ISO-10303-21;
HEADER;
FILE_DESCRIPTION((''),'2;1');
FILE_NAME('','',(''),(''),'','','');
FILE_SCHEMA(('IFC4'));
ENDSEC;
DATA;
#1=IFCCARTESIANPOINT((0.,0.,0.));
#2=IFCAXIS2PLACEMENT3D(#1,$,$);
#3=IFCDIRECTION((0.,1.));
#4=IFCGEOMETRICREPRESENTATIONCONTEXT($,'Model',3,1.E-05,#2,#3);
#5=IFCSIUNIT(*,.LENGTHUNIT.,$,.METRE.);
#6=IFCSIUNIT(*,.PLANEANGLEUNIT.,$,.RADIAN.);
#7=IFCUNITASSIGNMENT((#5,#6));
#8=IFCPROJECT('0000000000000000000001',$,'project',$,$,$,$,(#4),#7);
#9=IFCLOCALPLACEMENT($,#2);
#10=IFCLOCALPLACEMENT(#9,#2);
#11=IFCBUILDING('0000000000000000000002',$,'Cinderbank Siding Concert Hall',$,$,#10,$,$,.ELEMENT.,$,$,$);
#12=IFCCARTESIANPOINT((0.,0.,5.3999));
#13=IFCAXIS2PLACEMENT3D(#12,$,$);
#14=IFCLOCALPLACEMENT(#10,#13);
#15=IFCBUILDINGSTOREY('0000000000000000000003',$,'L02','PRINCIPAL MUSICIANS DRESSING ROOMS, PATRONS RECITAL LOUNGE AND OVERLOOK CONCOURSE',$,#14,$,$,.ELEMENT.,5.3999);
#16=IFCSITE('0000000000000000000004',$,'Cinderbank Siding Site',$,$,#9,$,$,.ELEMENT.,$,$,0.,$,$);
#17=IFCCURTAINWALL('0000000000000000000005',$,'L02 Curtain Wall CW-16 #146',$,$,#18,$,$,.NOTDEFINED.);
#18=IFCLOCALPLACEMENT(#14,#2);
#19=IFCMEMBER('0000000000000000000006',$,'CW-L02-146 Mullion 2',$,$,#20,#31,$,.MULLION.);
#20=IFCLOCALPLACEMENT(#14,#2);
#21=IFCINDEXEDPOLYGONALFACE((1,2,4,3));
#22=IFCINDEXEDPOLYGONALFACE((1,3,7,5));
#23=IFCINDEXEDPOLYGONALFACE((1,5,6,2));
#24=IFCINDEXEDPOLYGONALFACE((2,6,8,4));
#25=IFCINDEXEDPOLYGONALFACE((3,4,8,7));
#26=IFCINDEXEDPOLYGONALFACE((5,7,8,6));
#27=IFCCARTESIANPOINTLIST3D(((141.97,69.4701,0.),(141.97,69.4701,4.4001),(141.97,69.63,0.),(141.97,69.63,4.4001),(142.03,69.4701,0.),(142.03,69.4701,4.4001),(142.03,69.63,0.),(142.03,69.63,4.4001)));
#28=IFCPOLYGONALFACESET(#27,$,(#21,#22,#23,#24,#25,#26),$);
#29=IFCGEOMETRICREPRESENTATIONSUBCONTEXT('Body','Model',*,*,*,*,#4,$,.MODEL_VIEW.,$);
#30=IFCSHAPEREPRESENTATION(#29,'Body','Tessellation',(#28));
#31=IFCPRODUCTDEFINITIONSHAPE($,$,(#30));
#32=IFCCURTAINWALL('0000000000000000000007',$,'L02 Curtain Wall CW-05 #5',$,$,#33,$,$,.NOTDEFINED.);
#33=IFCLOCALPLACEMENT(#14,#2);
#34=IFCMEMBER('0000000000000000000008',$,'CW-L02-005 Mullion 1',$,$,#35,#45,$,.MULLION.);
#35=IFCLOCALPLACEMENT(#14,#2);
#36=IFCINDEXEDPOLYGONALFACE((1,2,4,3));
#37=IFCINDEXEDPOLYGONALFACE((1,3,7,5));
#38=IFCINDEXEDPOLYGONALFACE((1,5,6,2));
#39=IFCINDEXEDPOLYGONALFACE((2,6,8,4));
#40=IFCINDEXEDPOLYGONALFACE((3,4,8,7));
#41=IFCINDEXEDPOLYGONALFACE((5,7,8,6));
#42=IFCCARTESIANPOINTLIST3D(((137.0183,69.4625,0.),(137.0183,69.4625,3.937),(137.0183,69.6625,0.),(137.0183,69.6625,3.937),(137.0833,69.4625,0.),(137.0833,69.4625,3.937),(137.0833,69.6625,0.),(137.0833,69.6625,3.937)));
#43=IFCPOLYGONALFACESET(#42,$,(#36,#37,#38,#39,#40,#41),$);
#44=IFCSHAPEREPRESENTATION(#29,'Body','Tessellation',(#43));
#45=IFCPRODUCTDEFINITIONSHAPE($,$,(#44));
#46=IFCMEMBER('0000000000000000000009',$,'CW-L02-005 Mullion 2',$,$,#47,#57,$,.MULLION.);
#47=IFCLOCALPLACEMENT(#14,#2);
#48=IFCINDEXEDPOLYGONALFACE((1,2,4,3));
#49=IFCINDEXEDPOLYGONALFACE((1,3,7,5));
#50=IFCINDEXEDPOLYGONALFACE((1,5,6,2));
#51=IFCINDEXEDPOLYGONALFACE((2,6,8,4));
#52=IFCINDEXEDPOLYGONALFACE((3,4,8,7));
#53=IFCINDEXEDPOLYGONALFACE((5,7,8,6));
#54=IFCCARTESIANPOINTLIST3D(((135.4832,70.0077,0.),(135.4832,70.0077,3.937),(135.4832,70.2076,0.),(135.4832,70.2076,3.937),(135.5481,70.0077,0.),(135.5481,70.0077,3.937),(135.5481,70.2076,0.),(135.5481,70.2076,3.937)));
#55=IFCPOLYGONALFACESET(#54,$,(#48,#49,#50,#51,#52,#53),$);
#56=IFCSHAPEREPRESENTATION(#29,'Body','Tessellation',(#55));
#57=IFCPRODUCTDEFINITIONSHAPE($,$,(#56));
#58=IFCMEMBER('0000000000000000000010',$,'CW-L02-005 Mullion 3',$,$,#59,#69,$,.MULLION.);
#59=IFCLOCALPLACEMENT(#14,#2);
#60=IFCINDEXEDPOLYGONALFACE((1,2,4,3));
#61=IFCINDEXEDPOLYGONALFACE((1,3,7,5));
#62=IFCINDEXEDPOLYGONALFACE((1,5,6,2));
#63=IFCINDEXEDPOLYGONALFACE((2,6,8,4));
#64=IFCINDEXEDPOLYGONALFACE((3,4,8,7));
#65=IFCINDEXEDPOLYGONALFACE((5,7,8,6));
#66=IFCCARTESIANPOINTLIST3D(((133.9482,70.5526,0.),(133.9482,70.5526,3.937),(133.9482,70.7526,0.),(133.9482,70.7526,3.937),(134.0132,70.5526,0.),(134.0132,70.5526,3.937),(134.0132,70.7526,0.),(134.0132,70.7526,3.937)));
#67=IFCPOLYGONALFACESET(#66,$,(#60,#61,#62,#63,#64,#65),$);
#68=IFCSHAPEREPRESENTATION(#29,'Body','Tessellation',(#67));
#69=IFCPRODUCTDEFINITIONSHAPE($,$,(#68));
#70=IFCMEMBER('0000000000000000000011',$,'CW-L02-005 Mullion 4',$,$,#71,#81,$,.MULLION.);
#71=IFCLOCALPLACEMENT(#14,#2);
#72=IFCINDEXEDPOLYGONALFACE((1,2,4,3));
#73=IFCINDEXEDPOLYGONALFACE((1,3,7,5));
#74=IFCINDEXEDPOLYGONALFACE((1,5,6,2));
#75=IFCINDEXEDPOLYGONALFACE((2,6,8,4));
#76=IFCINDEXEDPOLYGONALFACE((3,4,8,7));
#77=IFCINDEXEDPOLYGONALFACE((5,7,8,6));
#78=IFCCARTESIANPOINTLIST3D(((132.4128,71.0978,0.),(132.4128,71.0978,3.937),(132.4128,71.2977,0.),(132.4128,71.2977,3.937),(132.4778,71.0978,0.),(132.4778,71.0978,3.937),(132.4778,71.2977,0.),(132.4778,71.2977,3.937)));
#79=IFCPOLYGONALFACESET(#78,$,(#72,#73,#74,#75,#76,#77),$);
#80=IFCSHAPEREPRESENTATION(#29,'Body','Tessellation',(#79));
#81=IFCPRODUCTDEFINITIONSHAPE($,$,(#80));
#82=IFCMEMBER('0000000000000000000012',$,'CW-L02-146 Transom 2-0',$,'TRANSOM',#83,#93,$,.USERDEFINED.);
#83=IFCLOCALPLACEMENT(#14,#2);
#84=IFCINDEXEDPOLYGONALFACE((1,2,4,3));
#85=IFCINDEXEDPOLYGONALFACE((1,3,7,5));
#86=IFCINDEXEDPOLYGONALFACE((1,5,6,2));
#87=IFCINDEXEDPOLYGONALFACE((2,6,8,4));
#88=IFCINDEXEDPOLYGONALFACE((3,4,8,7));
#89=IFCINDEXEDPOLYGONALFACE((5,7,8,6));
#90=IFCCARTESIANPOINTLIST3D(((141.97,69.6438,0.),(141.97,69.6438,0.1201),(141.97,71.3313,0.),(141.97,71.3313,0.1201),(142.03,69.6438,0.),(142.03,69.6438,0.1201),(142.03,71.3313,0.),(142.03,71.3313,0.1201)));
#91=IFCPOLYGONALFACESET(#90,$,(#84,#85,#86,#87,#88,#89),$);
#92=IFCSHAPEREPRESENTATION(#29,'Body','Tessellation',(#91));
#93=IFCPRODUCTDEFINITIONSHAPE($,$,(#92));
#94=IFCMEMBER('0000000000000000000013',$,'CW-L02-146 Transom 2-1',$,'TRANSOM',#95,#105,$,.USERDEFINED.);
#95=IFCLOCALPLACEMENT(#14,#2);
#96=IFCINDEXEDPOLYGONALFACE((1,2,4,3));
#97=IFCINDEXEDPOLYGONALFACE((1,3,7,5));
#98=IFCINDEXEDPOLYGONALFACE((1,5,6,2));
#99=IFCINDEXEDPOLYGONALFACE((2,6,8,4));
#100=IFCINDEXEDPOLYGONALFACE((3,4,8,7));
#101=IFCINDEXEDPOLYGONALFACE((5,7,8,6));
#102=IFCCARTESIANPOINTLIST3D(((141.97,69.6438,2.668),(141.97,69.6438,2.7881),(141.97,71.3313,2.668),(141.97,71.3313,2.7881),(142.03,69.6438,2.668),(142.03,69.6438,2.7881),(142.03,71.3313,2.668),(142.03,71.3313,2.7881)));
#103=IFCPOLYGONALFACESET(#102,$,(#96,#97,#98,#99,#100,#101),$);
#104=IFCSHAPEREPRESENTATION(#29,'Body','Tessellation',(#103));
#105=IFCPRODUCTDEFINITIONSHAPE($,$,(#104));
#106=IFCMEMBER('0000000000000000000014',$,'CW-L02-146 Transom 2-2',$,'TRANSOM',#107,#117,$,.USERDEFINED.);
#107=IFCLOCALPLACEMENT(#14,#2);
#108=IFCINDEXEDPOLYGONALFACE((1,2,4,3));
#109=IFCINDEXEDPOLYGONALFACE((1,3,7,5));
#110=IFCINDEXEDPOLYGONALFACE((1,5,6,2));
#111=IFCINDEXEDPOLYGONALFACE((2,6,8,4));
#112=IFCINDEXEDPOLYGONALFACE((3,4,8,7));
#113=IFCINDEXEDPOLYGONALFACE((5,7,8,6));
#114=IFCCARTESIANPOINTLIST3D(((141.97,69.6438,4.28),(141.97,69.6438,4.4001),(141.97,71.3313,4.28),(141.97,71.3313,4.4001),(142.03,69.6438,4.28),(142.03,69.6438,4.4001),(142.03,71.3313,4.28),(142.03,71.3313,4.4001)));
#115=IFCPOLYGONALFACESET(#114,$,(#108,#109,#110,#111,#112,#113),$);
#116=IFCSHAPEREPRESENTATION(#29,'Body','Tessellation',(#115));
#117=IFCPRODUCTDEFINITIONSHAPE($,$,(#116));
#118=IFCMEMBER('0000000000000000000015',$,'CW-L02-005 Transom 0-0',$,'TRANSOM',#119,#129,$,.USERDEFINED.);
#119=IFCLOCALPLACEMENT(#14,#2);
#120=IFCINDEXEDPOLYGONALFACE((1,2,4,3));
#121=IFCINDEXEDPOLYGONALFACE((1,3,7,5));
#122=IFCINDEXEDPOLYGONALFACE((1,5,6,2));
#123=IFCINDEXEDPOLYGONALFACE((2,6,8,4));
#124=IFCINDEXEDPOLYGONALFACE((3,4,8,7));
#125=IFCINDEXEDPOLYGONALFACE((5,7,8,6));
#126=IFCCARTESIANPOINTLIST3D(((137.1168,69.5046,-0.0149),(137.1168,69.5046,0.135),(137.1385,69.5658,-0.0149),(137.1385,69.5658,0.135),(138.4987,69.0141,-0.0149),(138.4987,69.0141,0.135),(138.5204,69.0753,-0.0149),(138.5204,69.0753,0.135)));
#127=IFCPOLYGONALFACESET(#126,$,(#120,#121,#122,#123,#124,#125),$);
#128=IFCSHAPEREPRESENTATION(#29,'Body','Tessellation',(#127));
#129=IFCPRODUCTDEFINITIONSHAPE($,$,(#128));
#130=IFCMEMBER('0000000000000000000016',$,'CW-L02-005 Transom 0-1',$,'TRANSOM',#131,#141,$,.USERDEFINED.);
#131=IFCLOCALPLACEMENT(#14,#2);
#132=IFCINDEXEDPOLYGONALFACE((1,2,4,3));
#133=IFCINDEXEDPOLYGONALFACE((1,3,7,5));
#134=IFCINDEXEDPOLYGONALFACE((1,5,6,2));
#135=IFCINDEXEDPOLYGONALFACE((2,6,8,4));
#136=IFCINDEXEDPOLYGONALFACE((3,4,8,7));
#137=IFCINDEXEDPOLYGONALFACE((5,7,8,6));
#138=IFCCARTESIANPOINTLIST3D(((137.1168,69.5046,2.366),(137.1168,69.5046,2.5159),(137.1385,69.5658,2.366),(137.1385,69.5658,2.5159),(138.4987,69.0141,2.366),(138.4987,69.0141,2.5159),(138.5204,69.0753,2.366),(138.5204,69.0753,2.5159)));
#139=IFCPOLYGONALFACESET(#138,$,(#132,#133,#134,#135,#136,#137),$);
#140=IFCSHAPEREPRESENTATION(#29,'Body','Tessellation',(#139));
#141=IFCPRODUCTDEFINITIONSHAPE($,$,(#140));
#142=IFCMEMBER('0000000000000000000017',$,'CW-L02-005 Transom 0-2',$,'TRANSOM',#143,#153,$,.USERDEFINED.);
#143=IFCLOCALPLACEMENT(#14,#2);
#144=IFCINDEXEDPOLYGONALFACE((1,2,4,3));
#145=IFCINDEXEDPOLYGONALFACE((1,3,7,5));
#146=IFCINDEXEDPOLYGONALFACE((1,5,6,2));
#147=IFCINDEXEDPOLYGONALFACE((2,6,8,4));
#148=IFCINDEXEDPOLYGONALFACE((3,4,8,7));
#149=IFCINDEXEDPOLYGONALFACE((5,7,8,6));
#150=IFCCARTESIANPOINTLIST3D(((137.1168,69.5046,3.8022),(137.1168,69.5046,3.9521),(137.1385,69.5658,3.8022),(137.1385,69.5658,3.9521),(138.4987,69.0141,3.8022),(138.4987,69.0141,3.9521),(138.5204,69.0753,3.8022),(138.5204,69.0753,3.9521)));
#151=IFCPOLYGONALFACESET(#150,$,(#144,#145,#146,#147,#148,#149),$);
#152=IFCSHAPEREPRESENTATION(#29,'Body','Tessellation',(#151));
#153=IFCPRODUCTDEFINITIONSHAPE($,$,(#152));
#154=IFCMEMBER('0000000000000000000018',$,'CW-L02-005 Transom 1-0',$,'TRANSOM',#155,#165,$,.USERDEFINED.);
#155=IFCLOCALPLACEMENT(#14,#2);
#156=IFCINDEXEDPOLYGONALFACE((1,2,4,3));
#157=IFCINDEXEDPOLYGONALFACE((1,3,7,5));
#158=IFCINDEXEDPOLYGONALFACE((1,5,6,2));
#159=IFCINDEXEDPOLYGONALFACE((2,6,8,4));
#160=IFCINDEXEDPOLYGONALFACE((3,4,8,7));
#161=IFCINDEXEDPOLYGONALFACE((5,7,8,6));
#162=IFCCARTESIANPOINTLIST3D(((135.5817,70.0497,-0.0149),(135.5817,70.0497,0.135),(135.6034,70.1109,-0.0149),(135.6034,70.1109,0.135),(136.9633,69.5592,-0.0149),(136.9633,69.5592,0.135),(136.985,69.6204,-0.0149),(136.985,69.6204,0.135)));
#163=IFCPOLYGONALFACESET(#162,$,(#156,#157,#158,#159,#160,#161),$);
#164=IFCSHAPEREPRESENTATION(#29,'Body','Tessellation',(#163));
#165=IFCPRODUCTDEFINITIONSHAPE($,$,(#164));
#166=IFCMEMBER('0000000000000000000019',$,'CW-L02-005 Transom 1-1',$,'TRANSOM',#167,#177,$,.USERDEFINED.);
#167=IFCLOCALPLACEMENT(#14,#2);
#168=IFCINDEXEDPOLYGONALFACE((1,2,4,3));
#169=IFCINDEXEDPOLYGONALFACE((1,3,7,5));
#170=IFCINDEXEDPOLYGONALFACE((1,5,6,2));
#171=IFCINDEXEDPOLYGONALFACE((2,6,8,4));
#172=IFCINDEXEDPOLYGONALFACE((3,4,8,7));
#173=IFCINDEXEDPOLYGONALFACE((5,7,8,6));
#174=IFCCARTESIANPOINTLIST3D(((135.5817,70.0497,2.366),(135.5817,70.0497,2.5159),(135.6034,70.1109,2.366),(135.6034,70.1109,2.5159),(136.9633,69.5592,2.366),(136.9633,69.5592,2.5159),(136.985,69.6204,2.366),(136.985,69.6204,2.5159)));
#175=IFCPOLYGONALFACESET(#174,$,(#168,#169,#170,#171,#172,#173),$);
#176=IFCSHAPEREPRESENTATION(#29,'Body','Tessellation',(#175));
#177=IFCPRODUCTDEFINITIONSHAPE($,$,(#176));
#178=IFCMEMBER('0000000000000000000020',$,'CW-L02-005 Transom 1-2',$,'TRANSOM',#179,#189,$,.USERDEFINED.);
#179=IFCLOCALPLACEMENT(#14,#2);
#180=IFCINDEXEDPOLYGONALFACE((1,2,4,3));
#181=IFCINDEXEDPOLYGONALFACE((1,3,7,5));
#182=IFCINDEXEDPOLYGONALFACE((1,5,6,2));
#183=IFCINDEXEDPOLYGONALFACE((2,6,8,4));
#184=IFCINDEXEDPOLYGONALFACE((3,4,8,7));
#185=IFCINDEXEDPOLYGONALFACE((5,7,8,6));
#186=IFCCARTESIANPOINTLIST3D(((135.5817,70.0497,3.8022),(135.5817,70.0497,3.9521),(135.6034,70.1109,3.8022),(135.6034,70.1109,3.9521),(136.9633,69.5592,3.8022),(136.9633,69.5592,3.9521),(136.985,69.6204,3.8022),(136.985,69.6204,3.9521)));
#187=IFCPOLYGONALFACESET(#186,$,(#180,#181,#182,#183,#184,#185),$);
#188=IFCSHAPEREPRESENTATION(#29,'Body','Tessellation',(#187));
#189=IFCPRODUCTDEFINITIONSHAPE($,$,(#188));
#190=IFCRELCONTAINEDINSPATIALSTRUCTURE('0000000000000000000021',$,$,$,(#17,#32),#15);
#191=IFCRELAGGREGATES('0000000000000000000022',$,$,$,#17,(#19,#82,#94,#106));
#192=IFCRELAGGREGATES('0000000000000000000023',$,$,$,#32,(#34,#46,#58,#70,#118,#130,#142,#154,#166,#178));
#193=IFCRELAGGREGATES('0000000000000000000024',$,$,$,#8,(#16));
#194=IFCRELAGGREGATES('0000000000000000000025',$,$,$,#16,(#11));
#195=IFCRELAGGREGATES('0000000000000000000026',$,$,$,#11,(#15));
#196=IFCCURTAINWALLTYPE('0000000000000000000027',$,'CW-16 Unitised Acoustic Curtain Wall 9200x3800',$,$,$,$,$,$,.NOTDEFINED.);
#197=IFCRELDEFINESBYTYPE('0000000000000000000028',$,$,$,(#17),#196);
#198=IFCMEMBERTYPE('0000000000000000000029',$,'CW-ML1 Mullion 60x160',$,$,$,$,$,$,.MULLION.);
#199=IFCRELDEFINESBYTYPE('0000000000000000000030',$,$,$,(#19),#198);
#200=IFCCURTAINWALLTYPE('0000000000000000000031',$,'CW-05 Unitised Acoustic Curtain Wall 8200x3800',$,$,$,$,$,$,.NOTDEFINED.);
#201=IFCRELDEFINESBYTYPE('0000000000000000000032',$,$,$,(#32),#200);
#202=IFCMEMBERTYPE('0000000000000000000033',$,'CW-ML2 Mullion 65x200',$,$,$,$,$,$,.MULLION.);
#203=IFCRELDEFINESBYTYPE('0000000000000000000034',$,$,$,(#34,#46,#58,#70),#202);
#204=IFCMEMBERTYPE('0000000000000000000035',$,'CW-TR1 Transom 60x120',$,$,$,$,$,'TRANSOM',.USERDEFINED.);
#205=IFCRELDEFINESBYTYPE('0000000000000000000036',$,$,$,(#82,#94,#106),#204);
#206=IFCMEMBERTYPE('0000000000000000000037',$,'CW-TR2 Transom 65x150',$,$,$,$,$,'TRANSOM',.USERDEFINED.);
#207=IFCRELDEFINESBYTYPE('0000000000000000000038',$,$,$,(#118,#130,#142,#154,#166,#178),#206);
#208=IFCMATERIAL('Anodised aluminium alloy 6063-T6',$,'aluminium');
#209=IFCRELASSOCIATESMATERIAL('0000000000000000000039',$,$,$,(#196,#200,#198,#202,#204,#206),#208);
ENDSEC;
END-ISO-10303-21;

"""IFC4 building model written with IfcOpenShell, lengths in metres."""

from ifc_helpers import new_model, si_unit, direction, frame, origin, origin_2d, place, context, subcontext, project, spatial, rectangle, extrude, material, material_profile, profile_set, type_object, element, aggregate, save


model = new_model("IFC4")

# Units and contexts
model_context = context("Model", 3, precision=1e-05, world=origin(), true_north=direction((0.0, 1.0)))
body_context = subcontext(model_context, "Body", "Model", "MODEL_VIEW")
ifc_project = project(units=[si_unit("LENGTHUNIT", "METRE"), si_unit("PLANEANGLEUNIT", "RADIAN")], contexts=[model_context])

# Site, building, storey
site_placement = place(None, origin())
site = spatial("IfcSite", under=ifc_project, at=site_placement, Name="Cinderbank Siding Site", CompositionType="ELEMENT", RefElevation=0.0)
building_placement = place(site_placement, origin())
building = spatial("IfcBuilding", under=site, at=building_placement, Name="Cinderbank Siding Concert Hall", CompositionType="ELEMENT")
storey_placement = place(building_placement, frame((0.0, 0.0, 5.3999)))
storey = spatial("IfcBuildingStorey", under=building, at=storey_placement, Name="L02", Description="PRINCIPAL MUSICIANS DRESSING ROOMS, PATRONS RECITAL LOUNGE AND OVERLOOK CONCOURSE", CompositionType="ELEMENT", Elevation=5.3999)

# Curtain wall, member
ifc_material_1 = material(Name="Anodised aluminium alloy 6063-T6", Category="aluminium")
curtain_wall_type_1 = type_object("IfcCurtainWallType", Name="CW-16 Unitised Acoustic Curtain Wall 9200x3800", PredefinedType="NOTDEFINED", material=ifc_material_1)
curtain_wall_1_placement = place(storey_placement, origin())
curtain_wall_1 = element("IfcCurtainWall", 1, at=curtain_wall_1_placement, inside=storey, type_object=curtain_wall_type_1, Name="L02 Curtain Wall CW-16 #146", PredefinedType="NOTDEFINED")
ifc_material_profile_1 = material_profile(ifc_material_1, rectangle(XDim=0.0601, YDim=0.1599, at=origin_2d()), Name="ALU-MULL-60x160", Category="LoadBearing")
ifc_profile_set_1 = profile_set([ifc_material_profile_1], Name="Anodised aluminium alloy 6063-T6")
member_type_1 = type_object("IfcMemberType", Name="CW-ML1 Mullion 60x160", PredefinedType="MULLION", material=ifc_profile_set_1)
member_1_placement = place(storey_placement, frame((142.0, 69.55, 0.0), z_axis=(0.0, 0.0, 1.0), x_axis=(1.0, 0.0, 0.0)))
member_1 = element("IfcMember", 2, at=member_1_placement, type_object=member_type_1, Name="CW-L02-146 Mullion 2", PredefinedType="MULLION", context=body_context, shape_type="SweptSolid", body=[
    extrude(rectangle(XDim=0.0601, YDim=0.1599, at=origin_2d()), origin(), (0.0, 0.0, 1.0), 4.4001),
])

# Curtain wall, members
curtain_wall_type_2 = type_object("IfcCurtainWallType", Name="CW-05 Unitised Acoustic Curtain Wall 8200x3800", PredefinedType="NOTDEFINED", material=ifc_material_1)
curtain_wall_2_placement = place(storey_placement, origin())
curtain_wall_2 = element("IfcCurtainWall", 3, at=curtain_wall_2_placement, inside=storey, type_object=curtain_wall_type_2, Name="L02 Curtain Wall CW-05 #5", PredefinedType="NOTDEFINED")
ifc_material_profile_2 = material_profile(ifc_material_1, rectangle(XDim=0.0649, YDim=0.2, at=origin_2d()), Name="ALU-MULL-65x200", Category="LoadBearing")
ifc_profile_set_2 = profile_set([ifc_material_profile_2], Name="Anodised aluminium alloy 6063-T6")
member_type_2 = type_object("IfcMemberType", Name="CW-ML2 Mullion 65x200", PredefinedType="MULLION", material=ifc_profile_set_2)
member_2_placement = place(storey_placement, frame((137.0508, 69.5625, 0.0), z_axis=(0.0, 0.0, 1.0), x_axis=(1.0, 0.0, 0.0)))
member_2 = element("IfcMember", 4, at=member_2_placement, type_object=member_type_2, Name="CW-L02-005 Mullion 1", PredefinedType="MULLION", context=body_context, shape_type="SweptSolid", body=[
    extrude(rectangle(XDim=0.0649, YDim=0.2, at=origin_2d()), origin(), (0.0, 0.0, 1.0), 3.937),
])
member_3_placement = place(storey_placement, frame((135.5156, 70.1077, 0.0), z_axis=(0.0, 0.0, 1.0), x_axis=(1.0, 0.0, 0.0)))
member_3 = element("IfcMember", 5, at=member_3_placement, type_object=member_type_2, Name="CW-L02-005 Mullion 2", PredefinedType="MULLION", context=body_context, shape_type="SweptSolid", body=[
    extrude(rectangle(XDim=0.0649, YDim=0.2, at=origin_2d()), origin(), (0.0, 0.0, 1.0), 3.937),
])
member_4_placement = place(storey_placement, frame((133.9807, 70.6526, 0.0), z_axis=(0.0, 0.0, 1.0), x_axis=(1.0, 0.0, 0.0)))
member_4 = element("IfcMember", 6, at=member_4_placement, type_object=member_type_2, Name="CW-L02-005 Mullion 3", PredefinedType="MULLION", context=body_context, shape_type="SweptSolid", body=[
    extrude(rectangle(XDim=0.0649, YDim=0.2, at=origin_2d()), origin(), (0.0, 0.0, 1.0), 3.937),
])
member_5_placement = place(storey_placement, frame((132.4453, 71.1978, 0.0), z_axis=(0.0, 0.0, 1.0), x_axis=(1.0, 0.0, 0.0)))
member_5 = element("IfcMember", 7, at=member_5_placement, type_object=member_type_2, Name="CW-L02-005 Mullion 4", PredefinedType="MULLION", context=body_context, shape_type="SweptSolid", body=[
    extrude(rectangle(XDim=0.0649, YDim=0.2, at=origin_2d()), origin(), (0.0, 0.0, 1.0), 3.937),
])

# Members
ifc_material_profile_3 = material_profile(ifc_material_1, rectangle(XDim=0.0601, YDim=0.1201, at=origin_2d()), Name="ALU-TRAN-60x120", Category="LoadBearing")
ifc_profile_set_3 = profile_set([ifc_material_profile_3], Name="Anodised aluminium alloy 6063-T6")
member_type_3 = type_object("IfcMemberType", Name="CW-TR1 Transom 60x120", ElementType="TRANSOM", PredefinedType="USERDEFINED", material=ifc_profile_set_3)
member_6_placement = place(storey_placement, frame((142.0, 69.6438, 0.0601), z_axis=(0.0, 1.0, 0.0), x_axis=(-1.0, 0.0, 0.0)))
member_6 = element("IfcMember", 8, at=member_6_placement, type_object=member_type_3, Name="CW-L02-146 Transom 2-0", ObjectType="TRANSOM", PredefinedType="USERDEFINED", context=body_context, shape_type="SweptSolid", body=[
    extrude(rectangle(XDim=0.0601, YDim=0.1201, at=origin_2d()), origin(), (0.0, 0.0, 1.0), 1.6875),
])
member_7_placement = place(storey_placement, frame((142.0, 69.6438, 2.728), z_axis=(0.0, 1.0, 0.0), x_axis=(-1.0, 0.0, 0.0)))
member_7 = element("IfcMember", 9, at=member_7_placement, type_object=member_type_3, Name="CW-L02-146 Transom 2-1", ObjectType="TRANSOM", PredefinedType="USERDEFINED", context=body_context, shape_type="SweptSolid", body=[
    extrude(rectangle(XDim=0.0601, YDim=0.1201, at=origin_2d()), origin(), (0.0, 0.0, 1.0), 1.6875),
])
member_8_placement = place(storey_placement, frame((142.0, 69.6438, 4.3401), z_axis=(0.0, 1.0, 0.0), x_axis=(-1.0, 0.0, 0.0)))
member_8 = element("IfcMember", 10, at=member_8_placement, type_object=member_type_3, Name="CW-L02-146 Transom 2-2", ObjectType="TRANSOM", PredefinedType="USERDEFINED", context=body_context, shape_type="SweptSolid", body=[
    extrude(rectangle(XDim=0.0601, YDim=0.1201, at=origin_2d()), origin(), (0.0, 0.0, 1.0), 1.6875),
])
ifc_material_profile_4 = material_profile(ifc_material_1, rectangle(XDim=0.0649, YDim=0.1499, at=origin_2d()), Name="ALU-TRAN-65x150", Category="LoadBearing")
ifc_profile_set_4 = profile_set([ifc_material_profile_4], Name="Anodised aluminium alloy 6063-T6")
member_type_4 = type_object("IfcMemberType", Name="CW-TR2 Transom 65x150", ElementType="TRANSOM", PredefinedType="USERDEFINED", material=ifc_profile_set_4)
member_9_placement = place(storey_placement, frame((138.5095, 69.0447, 0.0601), z_axis=(-0.942396, 0.3345, 0.0), x_axis=(-0.3345, -0.942396, 0.0)))
member_9 = element("IfcMember", 11, at=member_9_placement, type_object=member_type_4, Name="CW-L02-005 Transom 0-0", ObjectType="TRANSOM", PredefinedType="USERDEFINED", context=body_context, shape_type="SweptSolid", body=[
    extrude(rectangle(XDim=0.0649, YDim=0.1499, at=origin_2d()), origin(), (0.0, 0.0, 1.0), 1.4663),
])
member_10_placement = place(storey_placement, frame((138.5095, 69.0447, 2.4409), z_axis=(-0.942396, 0.3345, 0.0), x_axis=(-0.3345, -0.942396, 0.0)))
member_10 = element("IfcMember", 12, at=member_10_placement, type_object=member_type_4, Name="CW-L02-005 Transom 0-1", ObjectType="TRANSOM", PredefinedType="USERDEFINED", context=body_context, shape_type="SweptSolid", body=[
    extrude(rectangle(XDim=0.0649, YDim=0.1499, at=origin_2d()), origin(), (0.0, 0.0, 1.0), 1.4663),
])
member_11_placement = place(storey_placement, frame((138.5095, 69.0447, 3.8772), z_axis=(-0.942396, 0.3345, 0.0), x_axis=(-0.3345, -0.942396, 0.0)))
member_11 = element("IfcMember", 13, at=member_11_placement, type_object=member_type_4, Name="CW-L02-005 Transom 0-2", ObjectType="TRANSOM", PredefinedType="USERDEFINED", context=body_context, shape_type="SweptSolid", body=[
    extrude(rectangle(XDim=0.0649, YDim=0.1499, at=origin_2d()), origin(), (0.0, 0.0, 1.0), 1.4663),
])
member_12_placement = place(storey_placement, frame((136.9741, 69.5898, 0.0601), z_axis=(-0.942377, 0.334553, 0.0), x_axis=(-0.334553, -0.942377, 0.0)))
member_12 = element("IfcMember", 14, at=member_12_placement, type_object=member_type_4, Name="CW-L02-005 Transom 1-0", ObjectType="TRANSOM", PredefinedType="USERDEFINED", context=body_context, shape_type="SweptSolid", body=[
    extrude(rectangle(XDim=0.0649, YDim=0.1499, at=origin_2d()), origin(), (0.0, 0.0, 1.0), 1.4661),
])
member_13_placement = place(storey_placement, frame((136.9741, 69.5898, 2.4409), z_axis=(-0.942377, 0.334553, 0.0), x_axis=(-0.334553, -0.942377, 0.0)))
member_13 = element("IfcMember", 15, at=member_13_placement, type_object=member_type_4, Name="CW-L02-005 Transom 1-1", ObjectType="TRANSOM", PredefinedType="USERDEFINED", context=body_context, shape_type="SweptSolid", body=[
    extrude(rectangle(XDim=0.0649, YDim=0.1499, at=origin_2d()), origin(), (0.0, 0.0, 1.0), 1.4661),
])
member_14_placement = place(storey_placement, frame((136.9741, 69.5898, 3.8772), z_axis=(-0.942377, 0.334553, 0.0), x_axis=(-0.334553, -0.942377, 0.0)))
member_14 = element("IfcMember", 16, at=member_14_placement, type_object=member_type_4, Name="CW-L02-005 Transom 1-2", ObjectType="TRANSOM", PredefinedType="USERDEFINED", context=body_context, shape_type="SweptSolid", body=[
    extrude(rectangle(XDim=0.0649, YDim=0.1499, at=origin_2d()), origin(), (0.0, 0.0, 1.0), 1.4661),
])

aggregate(curtain_wall_1, [member_1, member_6, member_7, member_8])
aggregate(curtain_wall_2, [member_2, member_3, member_4, member_5, member_9, member_10, member_11, member_12, member_13, member_14])

save(model, "model.ifc")
